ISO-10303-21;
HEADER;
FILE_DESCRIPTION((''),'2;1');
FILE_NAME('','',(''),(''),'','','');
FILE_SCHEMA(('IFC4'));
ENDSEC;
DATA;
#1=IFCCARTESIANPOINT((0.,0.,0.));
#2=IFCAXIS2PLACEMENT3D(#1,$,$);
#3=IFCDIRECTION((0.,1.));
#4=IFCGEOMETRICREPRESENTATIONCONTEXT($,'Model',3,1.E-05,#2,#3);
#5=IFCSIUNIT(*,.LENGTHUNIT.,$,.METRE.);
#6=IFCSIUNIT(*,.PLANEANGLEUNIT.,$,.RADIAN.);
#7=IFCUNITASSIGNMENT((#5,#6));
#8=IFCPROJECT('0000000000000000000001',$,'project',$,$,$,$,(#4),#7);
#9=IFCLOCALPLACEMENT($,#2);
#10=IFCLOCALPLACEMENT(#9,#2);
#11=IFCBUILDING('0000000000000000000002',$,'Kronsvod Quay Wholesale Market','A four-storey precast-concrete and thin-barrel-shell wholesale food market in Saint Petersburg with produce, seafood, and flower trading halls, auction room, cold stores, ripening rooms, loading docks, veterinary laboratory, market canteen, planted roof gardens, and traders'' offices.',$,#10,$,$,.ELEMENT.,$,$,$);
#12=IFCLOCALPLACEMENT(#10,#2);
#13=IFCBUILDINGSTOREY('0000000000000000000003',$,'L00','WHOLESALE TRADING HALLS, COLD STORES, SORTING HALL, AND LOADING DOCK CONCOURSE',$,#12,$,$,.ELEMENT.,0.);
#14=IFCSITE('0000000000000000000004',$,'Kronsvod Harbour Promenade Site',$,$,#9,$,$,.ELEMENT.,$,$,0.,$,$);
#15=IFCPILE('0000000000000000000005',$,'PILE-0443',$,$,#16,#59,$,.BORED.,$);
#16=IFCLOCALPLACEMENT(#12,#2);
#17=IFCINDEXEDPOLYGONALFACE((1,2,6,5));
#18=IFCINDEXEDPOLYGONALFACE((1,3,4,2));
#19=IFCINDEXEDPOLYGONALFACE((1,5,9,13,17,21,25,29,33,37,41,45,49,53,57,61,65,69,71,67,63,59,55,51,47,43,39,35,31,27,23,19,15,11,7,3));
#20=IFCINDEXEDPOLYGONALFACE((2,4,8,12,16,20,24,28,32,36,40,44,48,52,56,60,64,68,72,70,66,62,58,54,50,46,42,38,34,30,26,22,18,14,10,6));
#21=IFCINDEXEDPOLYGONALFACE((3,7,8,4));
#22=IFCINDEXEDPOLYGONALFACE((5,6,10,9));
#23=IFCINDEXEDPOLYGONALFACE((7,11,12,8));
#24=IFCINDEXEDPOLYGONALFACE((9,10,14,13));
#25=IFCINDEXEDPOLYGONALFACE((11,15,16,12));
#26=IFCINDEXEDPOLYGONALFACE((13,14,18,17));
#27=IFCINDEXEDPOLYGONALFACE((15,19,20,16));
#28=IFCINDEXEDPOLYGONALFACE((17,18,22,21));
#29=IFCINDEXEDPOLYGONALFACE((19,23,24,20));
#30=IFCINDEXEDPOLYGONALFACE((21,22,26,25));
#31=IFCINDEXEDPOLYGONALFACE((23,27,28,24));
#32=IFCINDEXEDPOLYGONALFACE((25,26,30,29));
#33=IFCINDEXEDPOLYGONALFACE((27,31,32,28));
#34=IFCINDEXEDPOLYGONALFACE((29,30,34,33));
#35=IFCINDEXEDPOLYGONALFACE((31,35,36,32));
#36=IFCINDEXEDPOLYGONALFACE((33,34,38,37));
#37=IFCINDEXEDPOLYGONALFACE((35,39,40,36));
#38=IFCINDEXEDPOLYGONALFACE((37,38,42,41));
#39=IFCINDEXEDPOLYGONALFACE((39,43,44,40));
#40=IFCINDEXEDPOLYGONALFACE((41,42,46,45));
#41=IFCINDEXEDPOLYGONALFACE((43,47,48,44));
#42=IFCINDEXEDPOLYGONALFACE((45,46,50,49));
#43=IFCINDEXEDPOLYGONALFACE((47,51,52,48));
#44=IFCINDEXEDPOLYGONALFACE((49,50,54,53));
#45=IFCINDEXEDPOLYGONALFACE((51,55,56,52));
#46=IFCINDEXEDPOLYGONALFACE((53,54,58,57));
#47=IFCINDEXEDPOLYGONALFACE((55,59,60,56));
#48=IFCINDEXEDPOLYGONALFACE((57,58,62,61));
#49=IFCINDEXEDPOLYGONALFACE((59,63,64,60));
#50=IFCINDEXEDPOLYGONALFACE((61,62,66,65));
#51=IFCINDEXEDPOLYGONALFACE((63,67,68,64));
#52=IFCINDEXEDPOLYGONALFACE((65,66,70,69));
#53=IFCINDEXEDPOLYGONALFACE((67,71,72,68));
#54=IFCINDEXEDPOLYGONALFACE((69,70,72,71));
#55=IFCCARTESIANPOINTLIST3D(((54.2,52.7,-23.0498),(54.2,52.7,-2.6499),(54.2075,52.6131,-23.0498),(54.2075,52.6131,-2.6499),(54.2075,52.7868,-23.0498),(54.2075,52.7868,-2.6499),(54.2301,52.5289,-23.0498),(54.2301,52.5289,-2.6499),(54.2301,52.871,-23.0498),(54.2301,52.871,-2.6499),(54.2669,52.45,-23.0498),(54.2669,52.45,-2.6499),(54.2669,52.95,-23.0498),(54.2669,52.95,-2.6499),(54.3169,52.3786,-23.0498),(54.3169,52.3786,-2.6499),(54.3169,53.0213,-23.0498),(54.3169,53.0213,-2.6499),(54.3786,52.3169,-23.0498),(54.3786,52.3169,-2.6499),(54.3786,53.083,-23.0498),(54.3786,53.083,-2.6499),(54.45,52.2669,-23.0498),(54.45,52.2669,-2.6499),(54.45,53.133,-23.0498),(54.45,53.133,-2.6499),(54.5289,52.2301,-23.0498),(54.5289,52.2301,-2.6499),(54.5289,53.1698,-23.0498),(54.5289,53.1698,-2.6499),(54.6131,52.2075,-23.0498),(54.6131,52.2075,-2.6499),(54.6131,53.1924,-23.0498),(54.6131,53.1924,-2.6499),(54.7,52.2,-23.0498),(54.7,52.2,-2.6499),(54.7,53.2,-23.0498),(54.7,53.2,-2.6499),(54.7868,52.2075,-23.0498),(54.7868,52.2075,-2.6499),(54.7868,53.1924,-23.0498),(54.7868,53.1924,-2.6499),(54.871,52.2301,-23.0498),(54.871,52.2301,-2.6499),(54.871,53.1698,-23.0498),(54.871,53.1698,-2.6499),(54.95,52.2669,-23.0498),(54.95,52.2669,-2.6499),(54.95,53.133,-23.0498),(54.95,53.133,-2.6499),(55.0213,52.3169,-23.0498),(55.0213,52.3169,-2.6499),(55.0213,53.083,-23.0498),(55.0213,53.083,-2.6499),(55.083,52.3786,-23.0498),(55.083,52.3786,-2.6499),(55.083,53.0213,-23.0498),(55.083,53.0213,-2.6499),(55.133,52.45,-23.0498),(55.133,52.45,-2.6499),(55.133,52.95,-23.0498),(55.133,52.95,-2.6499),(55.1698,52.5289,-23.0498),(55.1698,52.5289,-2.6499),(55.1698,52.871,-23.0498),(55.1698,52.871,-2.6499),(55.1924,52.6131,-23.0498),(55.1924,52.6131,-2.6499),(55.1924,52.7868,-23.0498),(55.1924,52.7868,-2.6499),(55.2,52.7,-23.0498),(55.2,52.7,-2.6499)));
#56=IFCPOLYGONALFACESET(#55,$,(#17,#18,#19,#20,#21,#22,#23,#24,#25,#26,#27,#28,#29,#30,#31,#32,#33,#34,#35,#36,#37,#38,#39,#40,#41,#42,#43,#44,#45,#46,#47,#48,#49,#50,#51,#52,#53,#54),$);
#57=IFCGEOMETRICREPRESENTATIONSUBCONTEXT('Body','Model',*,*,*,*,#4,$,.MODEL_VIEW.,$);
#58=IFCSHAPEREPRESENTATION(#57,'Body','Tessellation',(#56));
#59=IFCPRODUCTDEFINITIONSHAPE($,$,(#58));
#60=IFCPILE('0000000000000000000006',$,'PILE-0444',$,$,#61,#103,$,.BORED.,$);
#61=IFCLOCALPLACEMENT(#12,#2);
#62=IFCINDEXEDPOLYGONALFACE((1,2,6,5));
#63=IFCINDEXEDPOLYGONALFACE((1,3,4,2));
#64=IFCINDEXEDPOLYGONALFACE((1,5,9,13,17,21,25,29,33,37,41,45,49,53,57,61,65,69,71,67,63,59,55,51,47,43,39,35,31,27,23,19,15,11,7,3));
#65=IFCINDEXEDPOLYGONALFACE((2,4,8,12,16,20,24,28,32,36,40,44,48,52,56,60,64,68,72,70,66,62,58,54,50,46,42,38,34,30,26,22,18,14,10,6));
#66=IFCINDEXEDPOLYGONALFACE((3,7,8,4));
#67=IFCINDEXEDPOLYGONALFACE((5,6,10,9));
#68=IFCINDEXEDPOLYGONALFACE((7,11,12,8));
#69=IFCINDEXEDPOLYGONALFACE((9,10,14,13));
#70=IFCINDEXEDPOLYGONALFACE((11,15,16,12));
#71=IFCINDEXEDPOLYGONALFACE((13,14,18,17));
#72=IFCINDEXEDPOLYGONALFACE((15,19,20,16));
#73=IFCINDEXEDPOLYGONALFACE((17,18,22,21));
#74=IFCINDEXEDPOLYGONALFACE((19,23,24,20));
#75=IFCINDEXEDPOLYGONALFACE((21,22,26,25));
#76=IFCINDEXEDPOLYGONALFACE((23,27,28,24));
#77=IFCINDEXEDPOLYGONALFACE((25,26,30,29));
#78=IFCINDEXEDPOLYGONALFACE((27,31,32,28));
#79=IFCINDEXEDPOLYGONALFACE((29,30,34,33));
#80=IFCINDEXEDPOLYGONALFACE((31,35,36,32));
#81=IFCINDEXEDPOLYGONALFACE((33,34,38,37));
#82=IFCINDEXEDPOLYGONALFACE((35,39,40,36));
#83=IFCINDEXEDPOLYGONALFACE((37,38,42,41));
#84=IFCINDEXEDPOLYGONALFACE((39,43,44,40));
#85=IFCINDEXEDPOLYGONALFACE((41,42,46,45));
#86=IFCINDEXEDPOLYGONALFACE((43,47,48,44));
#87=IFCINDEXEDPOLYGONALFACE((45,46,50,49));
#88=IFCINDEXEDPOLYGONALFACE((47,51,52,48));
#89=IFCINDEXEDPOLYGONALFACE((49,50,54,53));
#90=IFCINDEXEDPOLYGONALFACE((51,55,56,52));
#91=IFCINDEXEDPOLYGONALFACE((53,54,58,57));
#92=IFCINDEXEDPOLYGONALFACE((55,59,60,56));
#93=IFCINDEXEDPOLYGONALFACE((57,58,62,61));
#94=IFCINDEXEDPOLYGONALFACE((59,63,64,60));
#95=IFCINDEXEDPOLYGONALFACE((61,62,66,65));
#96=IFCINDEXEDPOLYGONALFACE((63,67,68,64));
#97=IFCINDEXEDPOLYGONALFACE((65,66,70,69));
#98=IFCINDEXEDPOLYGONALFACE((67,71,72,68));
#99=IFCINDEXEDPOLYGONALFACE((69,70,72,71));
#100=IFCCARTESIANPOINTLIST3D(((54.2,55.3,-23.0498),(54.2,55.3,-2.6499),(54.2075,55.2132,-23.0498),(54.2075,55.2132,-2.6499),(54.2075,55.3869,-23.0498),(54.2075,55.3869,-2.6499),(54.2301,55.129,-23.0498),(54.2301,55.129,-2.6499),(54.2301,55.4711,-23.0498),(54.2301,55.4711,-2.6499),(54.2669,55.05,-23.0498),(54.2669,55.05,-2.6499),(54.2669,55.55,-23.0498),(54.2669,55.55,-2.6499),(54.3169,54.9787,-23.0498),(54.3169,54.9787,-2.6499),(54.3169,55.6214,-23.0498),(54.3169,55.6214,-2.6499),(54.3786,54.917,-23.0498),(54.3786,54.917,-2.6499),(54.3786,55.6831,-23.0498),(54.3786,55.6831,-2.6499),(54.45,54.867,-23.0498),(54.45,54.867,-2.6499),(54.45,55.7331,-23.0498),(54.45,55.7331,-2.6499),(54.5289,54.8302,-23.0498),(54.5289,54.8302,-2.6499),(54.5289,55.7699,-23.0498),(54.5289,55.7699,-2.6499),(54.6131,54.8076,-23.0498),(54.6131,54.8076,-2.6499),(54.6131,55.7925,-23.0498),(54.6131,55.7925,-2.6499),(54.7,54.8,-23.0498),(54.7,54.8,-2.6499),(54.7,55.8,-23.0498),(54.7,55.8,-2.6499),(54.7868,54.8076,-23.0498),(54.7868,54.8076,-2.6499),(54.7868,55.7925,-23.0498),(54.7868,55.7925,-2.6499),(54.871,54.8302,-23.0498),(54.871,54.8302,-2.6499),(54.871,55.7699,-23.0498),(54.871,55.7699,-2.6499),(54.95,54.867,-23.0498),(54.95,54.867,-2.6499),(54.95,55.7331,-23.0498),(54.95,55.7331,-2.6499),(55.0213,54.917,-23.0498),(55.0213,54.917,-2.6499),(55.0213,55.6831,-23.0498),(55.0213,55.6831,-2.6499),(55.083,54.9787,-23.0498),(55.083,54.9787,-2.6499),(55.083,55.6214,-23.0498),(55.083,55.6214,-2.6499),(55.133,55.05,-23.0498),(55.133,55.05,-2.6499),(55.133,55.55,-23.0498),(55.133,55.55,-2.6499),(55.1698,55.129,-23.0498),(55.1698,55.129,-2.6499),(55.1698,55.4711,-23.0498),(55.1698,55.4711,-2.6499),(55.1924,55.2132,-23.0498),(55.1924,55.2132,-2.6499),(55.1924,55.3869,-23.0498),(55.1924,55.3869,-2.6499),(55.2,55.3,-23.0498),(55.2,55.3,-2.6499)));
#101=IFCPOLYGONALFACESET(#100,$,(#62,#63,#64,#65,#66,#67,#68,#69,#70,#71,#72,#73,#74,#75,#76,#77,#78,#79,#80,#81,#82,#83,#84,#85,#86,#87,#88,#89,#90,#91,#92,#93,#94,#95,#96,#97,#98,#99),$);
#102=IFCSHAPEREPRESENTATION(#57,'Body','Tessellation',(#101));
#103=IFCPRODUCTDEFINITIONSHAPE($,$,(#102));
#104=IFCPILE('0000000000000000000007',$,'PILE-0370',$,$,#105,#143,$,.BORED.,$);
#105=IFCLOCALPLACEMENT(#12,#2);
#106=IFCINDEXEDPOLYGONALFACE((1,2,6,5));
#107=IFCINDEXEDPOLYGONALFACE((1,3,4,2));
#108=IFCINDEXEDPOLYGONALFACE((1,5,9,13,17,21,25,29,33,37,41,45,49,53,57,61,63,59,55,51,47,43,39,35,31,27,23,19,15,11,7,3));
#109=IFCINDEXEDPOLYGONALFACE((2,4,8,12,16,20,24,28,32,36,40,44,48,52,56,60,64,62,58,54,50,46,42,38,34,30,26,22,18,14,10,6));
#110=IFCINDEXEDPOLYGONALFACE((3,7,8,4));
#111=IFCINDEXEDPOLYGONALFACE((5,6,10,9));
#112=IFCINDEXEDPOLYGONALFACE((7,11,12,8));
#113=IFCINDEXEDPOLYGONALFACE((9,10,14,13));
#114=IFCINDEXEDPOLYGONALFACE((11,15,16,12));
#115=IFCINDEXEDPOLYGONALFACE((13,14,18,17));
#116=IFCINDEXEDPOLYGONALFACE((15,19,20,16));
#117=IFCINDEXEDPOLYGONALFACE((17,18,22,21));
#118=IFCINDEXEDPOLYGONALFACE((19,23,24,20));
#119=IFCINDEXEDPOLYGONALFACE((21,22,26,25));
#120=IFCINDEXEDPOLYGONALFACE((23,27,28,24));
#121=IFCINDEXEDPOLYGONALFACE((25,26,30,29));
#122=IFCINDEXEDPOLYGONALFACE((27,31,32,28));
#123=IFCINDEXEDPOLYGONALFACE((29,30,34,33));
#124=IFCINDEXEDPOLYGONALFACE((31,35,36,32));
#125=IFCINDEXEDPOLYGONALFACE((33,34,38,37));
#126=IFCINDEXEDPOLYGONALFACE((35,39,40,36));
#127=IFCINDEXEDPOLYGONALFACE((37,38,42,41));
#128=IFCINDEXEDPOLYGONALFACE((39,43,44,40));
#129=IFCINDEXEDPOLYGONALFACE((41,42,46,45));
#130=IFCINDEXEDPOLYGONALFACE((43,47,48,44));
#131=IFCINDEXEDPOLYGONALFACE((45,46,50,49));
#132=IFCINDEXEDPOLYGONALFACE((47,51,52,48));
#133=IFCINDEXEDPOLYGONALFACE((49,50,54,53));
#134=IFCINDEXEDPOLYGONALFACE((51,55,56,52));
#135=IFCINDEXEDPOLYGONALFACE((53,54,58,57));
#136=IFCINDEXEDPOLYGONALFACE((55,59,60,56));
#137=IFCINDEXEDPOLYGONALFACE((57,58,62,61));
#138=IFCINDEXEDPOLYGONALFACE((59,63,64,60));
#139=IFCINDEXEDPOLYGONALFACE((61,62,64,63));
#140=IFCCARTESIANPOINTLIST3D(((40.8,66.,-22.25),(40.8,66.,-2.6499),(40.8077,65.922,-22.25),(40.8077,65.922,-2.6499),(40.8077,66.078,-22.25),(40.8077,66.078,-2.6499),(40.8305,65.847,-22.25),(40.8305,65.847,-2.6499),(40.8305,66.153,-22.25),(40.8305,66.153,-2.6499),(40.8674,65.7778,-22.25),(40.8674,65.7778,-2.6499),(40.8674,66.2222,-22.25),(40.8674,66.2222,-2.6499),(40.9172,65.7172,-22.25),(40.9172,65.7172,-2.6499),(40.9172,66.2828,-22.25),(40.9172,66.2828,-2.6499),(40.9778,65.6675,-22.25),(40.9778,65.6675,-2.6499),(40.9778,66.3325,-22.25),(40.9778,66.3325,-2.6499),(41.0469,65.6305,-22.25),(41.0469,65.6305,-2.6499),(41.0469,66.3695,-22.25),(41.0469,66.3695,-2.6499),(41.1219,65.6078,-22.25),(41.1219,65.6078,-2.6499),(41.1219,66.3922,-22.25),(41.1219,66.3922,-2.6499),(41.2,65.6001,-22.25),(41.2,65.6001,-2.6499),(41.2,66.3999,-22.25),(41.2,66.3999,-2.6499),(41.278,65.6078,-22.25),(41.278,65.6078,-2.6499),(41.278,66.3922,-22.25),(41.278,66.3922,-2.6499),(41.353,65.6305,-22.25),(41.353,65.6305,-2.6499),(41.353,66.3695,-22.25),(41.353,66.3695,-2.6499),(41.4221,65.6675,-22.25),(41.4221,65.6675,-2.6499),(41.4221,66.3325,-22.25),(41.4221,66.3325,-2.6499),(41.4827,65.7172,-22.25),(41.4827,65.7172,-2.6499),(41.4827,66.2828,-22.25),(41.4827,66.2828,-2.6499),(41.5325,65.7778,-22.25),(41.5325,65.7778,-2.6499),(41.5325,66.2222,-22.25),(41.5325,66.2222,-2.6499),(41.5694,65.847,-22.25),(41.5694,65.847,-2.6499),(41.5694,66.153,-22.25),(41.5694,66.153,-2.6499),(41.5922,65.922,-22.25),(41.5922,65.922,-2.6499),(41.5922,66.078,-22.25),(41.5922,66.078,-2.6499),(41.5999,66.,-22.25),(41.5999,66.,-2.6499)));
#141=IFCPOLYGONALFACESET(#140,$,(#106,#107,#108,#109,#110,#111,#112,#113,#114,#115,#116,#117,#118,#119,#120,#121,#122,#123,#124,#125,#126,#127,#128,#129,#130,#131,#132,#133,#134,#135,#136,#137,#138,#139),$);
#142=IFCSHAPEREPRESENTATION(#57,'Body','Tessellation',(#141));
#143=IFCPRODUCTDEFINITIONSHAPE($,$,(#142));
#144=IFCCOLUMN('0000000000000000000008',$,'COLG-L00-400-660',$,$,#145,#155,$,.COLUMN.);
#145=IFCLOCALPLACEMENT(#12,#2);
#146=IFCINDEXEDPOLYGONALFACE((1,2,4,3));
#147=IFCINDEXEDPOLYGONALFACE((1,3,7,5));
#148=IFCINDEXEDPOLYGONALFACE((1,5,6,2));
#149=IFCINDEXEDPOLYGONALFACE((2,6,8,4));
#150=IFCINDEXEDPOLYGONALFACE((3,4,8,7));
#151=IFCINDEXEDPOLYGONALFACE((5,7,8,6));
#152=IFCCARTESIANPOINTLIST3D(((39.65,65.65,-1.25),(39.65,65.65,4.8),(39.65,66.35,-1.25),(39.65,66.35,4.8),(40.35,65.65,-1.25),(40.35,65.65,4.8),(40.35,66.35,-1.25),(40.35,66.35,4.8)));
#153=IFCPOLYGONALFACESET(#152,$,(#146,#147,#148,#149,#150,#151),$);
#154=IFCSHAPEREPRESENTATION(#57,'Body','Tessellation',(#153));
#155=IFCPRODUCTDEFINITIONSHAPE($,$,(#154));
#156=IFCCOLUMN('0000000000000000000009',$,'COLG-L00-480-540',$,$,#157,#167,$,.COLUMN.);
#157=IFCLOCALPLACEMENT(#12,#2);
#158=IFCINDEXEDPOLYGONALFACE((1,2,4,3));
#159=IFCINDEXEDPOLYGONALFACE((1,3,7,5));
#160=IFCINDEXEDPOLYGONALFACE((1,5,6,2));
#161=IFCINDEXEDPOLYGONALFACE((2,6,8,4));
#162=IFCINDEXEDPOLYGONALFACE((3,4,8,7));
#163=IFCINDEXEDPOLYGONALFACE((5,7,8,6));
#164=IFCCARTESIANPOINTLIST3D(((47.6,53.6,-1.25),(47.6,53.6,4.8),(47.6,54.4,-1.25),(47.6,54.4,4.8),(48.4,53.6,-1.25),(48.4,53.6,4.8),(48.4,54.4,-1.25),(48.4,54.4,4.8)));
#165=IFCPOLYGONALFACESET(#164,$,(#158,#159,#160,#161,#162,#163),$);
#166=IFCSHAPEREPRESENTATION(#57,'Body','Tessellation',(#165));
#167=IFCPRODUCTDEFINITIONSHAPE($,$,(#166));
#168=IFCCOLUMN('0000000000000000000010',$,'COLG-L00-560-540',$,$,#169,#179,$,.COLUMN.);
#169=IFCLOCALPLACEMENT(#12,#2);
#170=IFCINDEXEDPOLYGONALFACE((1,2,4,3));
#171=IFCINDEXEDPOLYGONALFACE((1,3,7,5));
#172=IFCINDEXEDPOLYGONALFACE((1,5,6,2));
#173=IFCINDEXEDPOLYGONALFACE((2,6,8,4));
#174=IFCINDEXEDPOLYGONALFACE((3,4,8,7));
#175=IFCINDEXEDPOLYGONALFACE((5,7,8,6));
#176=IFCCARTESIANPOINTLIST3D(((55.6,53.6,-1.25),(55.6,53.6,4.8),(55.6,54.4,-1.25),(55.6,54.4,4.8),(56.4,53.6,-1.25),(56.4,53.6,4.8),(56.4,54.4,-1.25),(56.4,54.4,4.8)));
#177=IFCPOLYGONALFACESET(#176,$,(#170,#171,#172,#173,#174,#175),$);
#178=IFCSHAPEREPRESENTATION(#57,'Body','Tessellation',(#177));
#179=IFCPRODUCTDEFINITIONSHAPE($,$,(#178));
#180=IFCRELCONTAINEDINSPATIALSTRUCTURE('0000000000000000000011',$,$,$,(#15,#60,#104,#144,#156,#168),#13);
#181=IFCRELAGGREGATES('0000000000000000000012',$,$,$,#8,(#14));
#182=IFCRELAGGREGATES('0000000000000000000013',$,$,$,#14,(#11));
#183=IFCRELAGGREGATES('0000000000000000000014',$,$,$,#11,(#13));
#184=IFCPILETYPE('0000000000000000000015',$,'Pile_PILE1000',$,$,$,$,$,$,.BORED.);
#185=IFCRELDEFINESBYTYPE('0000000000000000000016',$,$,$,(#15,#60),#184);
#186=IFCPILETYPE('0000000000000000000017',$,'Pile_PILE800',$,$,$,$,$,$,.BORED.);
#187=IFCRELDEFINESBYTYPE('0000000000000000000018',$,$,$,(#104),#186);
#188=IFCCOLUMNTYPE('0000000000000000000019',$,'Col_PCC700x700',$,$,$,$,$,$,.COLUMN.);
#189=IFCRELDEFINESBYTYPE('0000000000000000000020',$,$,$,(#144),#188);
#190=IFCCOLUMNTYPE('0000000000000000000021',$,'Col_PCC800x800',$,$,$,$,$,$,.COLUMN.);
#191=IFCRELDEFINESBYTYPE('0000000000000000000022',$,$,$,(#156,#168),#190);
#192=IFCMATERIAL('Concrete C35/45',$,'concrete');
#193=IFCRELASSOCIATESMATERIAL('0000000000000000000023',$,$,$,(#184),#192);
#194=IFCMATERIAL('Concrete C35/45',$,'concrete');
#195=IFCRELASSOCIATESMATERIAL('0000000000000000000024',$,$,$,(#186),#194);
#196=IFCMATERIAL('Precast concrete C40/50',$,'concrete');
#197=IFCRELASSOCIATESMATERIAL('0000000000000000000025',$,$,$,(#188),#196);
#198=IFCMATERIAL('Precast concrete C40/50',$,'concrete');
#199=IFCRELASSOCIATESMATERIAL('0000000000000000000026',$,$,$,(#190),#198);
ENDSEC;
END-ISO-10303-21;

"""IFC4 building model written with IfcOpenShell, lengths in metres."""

from ifc_helpers import new_model, si_unit, direction, frame, origin, origin_2d, place, context, subcontext, project, spatial, rectangle, circle, extrude, material, material_profile, profile_set, type_object, element, save


model = new_model("IFC4")

# Units and contexts
model_context = context("Model", 3, precision=1e-05, world=origin(), true_north=direction((0.0, 1.0)))
body_context = subcontext(model_context, "Body", "Model", "MODEL_VIEW")
ifc_project = project(units=[si_unit("LENGTHUNIT", "METRE"), si_unit("PLANEANGLEUNIT", "RADIAN")], contexts=[model_context])

# Site, building, storey
site_placement = place(None, origin())
site = spatial("IfcSite", under=ifc_project, at=site_placement, Name="Kronsvod Harbour Promenade Site", CompositionType="ELEMENT", RefElevation=0.0)
building_placement = place(site_placement, origin())
building = spatial("IfcBuilding", under=site, at=building_placement, Name="Kronsvod Quay Wholesale Market", Description="A four-storey precast-concrete and thin-barrel-shell wholesale food market in Saint Petersburg with produce, seafood, and flower trading halls, auction room, cold stores, ripening rooms, loading docks, veterinary laboratory, market canteen, planted roof gardens, and traders' offices.", CompositionType="ELEMENT")
storey_placement = place(building_placement, origin())
storey = spatial("IfcBuildingStorey", under=building, at=storey_placement, Name="L00", Description="WHOLESALE TRADING HALLS, COLD STORES, SORTING HALL, AND LOADING DOCK CONCOURSE", CompositionType="ELEMENT", Elevation=0.0)

# Piles
ifc_material_1 = material(Name="Concrete C35/45", Category="concrete")
ifc_material_profile_1 = material_profile(ifc_material_1, circle(Radius=0.5, at=origin_2d()), Name="PILE1000")
ifc_profile_set_1 = profile_set([ifc_material_profile_1], Name="Concrete C35/45")
pile_type_1 = type_object("IfcPileType", Name="Pile_PILE1000", PredefinedType="BORED", material=ifc_profile_set_1)
for number, where, z_axis, x_axis, name in (
    (1, (54.7, 52.7, -2.6499), (0.0, 0.0, -1.0), (1.0, 0.0, 0.0), "PILE-0443"),
    (2, (54.7, 55.3, -2.6499), (0.0, 0.0, -1.0), (1.0, 0.0, 0.0), "PILE-0444"),
):
    element("IfcPile", number, at=place(storey_placement, frame(where, z_axis=z_axis, x_axis=x_axis)), inside=storey, type_object=pile_type_1, Name=name, PredefinedType="BORED", context=body_context, shape_type="SweptSolid", body=[
        extrude(circle(Radius=0.5, at=origin_2d()), origin(), (0.0, 0.0, 1.0), 20.3999),
    ])
ifc_material_2 = material(Name="Concrete C35/45", Category="concrete")
ifc_material_profile_2 = material_profile(ifc_material_2, circle(Radius=0.3999, at=origin_2d()), Name="PILE800")
ifc_profile_set_2 = profile_set([ifc_material_profile_2], Name="Concrete C35/45")
pile_type_2 = type_object("IfcPileType", Name="Pile_PILE800", PredefinedType="BORED", material=ifc_profile_set_2)
pile_placement = place(storey_placement, frame((41.2, 66.0, -2.6499), z_axis=(0.0, 0.0, -1.0), x_axis=(1.0, 0.0, 0.0)))
element("IfcPile", 3, at=pile_placement, inside=storey, type_object=pile_type_2, Name="PILE-0370", PredefinedType="BORED", context=body_context, shape_type="SweptSolid", body=[
    extrude(circle(Radius=0.3999, at=origin_2d()), origin(), (0.0, 0.0, 1.0), 19.6001),
])

# Columns
ifc_material_3 = material(Name="Precast concrete C40/50", Category="concrete")
ifc_material_profile_3 = material_profile(ifc_material_3, rectangle(XDim=0.7, YDim=0.7, at=origin_2d()), Name="PCC700x700")
ifc_profile_set_3 = profile_set([ifc_material_profile_3], Name="Precast concrete C40/50")
column_type_1 = type_object("IfcColumnType", Name="Col_PCC700x700", PredefinedType="COLUMN", material=ifc_profile_set_3)
column_placement = place(storey_placement, frame((40.0, 66.0, -1.25), z_axis=(0.0, 0.0, 1.0), x_axis=(1.0, 0.0, 0.0)))
element("IfcColumn", 4, at=column_placement, inside=storey, type_object=column_type_1, Name="COLG-L00-400-660", PredefinedType="COLUMN", context=body_context, shape_type="SweptSolid", body=[
    extrude(rectangle(XDim=0.7, YDim=0.7, at=origin_2d()), origin(), (0.0, 0.0, 1.0), 6.05),
])
ifc_material_4 = material(Name="Precast concrete C40/50", Category="concrete")
ifc_material_profile_4 = material_profile(ifc_material_4, rectangle(XDim=0.8, YDim=0.8, at=origin_2d()), Name="PCC800x800")
ifc_profile_set_4 = profile_set([ifc_material_profile_4], Name="Precast concrete C40/50")
column_type_2 = type_object("IfcColumnType", Name="Col_PCC800x800", PredefinedType="COLUMN", material=ifc_profile_set_4)
for number, where, z_axis, x_axis, name in (
    (5, (48.0, 54.0, -1.25), (0.0, 0.0, 1.0), (1.0, 0.0, 0.0), "COLG-L00-480-540"),
    (6, (56.0, 54.0, -1.25), (0.0, 0.0, 1.0), (1.0, 0.0, 0.0), "COLG-L00-560-540"),
):
    element("IfcColumn", number, at=place(storey_placement, frame(where, z_axis=z_axis, x_axis=x_axis)), inside=storey, type_object=column_type_2, Name=name, PredefinedType="COLUMN", context=body_context, shape_type="SweptSolid", body=[
        extrude(rectangle(XDim=0.8, YDim=0.8, at=origin_2d()), origin(), (0.0, 0.0, 1.0), 6.05),
    ])

save(model, "model.ifc")
